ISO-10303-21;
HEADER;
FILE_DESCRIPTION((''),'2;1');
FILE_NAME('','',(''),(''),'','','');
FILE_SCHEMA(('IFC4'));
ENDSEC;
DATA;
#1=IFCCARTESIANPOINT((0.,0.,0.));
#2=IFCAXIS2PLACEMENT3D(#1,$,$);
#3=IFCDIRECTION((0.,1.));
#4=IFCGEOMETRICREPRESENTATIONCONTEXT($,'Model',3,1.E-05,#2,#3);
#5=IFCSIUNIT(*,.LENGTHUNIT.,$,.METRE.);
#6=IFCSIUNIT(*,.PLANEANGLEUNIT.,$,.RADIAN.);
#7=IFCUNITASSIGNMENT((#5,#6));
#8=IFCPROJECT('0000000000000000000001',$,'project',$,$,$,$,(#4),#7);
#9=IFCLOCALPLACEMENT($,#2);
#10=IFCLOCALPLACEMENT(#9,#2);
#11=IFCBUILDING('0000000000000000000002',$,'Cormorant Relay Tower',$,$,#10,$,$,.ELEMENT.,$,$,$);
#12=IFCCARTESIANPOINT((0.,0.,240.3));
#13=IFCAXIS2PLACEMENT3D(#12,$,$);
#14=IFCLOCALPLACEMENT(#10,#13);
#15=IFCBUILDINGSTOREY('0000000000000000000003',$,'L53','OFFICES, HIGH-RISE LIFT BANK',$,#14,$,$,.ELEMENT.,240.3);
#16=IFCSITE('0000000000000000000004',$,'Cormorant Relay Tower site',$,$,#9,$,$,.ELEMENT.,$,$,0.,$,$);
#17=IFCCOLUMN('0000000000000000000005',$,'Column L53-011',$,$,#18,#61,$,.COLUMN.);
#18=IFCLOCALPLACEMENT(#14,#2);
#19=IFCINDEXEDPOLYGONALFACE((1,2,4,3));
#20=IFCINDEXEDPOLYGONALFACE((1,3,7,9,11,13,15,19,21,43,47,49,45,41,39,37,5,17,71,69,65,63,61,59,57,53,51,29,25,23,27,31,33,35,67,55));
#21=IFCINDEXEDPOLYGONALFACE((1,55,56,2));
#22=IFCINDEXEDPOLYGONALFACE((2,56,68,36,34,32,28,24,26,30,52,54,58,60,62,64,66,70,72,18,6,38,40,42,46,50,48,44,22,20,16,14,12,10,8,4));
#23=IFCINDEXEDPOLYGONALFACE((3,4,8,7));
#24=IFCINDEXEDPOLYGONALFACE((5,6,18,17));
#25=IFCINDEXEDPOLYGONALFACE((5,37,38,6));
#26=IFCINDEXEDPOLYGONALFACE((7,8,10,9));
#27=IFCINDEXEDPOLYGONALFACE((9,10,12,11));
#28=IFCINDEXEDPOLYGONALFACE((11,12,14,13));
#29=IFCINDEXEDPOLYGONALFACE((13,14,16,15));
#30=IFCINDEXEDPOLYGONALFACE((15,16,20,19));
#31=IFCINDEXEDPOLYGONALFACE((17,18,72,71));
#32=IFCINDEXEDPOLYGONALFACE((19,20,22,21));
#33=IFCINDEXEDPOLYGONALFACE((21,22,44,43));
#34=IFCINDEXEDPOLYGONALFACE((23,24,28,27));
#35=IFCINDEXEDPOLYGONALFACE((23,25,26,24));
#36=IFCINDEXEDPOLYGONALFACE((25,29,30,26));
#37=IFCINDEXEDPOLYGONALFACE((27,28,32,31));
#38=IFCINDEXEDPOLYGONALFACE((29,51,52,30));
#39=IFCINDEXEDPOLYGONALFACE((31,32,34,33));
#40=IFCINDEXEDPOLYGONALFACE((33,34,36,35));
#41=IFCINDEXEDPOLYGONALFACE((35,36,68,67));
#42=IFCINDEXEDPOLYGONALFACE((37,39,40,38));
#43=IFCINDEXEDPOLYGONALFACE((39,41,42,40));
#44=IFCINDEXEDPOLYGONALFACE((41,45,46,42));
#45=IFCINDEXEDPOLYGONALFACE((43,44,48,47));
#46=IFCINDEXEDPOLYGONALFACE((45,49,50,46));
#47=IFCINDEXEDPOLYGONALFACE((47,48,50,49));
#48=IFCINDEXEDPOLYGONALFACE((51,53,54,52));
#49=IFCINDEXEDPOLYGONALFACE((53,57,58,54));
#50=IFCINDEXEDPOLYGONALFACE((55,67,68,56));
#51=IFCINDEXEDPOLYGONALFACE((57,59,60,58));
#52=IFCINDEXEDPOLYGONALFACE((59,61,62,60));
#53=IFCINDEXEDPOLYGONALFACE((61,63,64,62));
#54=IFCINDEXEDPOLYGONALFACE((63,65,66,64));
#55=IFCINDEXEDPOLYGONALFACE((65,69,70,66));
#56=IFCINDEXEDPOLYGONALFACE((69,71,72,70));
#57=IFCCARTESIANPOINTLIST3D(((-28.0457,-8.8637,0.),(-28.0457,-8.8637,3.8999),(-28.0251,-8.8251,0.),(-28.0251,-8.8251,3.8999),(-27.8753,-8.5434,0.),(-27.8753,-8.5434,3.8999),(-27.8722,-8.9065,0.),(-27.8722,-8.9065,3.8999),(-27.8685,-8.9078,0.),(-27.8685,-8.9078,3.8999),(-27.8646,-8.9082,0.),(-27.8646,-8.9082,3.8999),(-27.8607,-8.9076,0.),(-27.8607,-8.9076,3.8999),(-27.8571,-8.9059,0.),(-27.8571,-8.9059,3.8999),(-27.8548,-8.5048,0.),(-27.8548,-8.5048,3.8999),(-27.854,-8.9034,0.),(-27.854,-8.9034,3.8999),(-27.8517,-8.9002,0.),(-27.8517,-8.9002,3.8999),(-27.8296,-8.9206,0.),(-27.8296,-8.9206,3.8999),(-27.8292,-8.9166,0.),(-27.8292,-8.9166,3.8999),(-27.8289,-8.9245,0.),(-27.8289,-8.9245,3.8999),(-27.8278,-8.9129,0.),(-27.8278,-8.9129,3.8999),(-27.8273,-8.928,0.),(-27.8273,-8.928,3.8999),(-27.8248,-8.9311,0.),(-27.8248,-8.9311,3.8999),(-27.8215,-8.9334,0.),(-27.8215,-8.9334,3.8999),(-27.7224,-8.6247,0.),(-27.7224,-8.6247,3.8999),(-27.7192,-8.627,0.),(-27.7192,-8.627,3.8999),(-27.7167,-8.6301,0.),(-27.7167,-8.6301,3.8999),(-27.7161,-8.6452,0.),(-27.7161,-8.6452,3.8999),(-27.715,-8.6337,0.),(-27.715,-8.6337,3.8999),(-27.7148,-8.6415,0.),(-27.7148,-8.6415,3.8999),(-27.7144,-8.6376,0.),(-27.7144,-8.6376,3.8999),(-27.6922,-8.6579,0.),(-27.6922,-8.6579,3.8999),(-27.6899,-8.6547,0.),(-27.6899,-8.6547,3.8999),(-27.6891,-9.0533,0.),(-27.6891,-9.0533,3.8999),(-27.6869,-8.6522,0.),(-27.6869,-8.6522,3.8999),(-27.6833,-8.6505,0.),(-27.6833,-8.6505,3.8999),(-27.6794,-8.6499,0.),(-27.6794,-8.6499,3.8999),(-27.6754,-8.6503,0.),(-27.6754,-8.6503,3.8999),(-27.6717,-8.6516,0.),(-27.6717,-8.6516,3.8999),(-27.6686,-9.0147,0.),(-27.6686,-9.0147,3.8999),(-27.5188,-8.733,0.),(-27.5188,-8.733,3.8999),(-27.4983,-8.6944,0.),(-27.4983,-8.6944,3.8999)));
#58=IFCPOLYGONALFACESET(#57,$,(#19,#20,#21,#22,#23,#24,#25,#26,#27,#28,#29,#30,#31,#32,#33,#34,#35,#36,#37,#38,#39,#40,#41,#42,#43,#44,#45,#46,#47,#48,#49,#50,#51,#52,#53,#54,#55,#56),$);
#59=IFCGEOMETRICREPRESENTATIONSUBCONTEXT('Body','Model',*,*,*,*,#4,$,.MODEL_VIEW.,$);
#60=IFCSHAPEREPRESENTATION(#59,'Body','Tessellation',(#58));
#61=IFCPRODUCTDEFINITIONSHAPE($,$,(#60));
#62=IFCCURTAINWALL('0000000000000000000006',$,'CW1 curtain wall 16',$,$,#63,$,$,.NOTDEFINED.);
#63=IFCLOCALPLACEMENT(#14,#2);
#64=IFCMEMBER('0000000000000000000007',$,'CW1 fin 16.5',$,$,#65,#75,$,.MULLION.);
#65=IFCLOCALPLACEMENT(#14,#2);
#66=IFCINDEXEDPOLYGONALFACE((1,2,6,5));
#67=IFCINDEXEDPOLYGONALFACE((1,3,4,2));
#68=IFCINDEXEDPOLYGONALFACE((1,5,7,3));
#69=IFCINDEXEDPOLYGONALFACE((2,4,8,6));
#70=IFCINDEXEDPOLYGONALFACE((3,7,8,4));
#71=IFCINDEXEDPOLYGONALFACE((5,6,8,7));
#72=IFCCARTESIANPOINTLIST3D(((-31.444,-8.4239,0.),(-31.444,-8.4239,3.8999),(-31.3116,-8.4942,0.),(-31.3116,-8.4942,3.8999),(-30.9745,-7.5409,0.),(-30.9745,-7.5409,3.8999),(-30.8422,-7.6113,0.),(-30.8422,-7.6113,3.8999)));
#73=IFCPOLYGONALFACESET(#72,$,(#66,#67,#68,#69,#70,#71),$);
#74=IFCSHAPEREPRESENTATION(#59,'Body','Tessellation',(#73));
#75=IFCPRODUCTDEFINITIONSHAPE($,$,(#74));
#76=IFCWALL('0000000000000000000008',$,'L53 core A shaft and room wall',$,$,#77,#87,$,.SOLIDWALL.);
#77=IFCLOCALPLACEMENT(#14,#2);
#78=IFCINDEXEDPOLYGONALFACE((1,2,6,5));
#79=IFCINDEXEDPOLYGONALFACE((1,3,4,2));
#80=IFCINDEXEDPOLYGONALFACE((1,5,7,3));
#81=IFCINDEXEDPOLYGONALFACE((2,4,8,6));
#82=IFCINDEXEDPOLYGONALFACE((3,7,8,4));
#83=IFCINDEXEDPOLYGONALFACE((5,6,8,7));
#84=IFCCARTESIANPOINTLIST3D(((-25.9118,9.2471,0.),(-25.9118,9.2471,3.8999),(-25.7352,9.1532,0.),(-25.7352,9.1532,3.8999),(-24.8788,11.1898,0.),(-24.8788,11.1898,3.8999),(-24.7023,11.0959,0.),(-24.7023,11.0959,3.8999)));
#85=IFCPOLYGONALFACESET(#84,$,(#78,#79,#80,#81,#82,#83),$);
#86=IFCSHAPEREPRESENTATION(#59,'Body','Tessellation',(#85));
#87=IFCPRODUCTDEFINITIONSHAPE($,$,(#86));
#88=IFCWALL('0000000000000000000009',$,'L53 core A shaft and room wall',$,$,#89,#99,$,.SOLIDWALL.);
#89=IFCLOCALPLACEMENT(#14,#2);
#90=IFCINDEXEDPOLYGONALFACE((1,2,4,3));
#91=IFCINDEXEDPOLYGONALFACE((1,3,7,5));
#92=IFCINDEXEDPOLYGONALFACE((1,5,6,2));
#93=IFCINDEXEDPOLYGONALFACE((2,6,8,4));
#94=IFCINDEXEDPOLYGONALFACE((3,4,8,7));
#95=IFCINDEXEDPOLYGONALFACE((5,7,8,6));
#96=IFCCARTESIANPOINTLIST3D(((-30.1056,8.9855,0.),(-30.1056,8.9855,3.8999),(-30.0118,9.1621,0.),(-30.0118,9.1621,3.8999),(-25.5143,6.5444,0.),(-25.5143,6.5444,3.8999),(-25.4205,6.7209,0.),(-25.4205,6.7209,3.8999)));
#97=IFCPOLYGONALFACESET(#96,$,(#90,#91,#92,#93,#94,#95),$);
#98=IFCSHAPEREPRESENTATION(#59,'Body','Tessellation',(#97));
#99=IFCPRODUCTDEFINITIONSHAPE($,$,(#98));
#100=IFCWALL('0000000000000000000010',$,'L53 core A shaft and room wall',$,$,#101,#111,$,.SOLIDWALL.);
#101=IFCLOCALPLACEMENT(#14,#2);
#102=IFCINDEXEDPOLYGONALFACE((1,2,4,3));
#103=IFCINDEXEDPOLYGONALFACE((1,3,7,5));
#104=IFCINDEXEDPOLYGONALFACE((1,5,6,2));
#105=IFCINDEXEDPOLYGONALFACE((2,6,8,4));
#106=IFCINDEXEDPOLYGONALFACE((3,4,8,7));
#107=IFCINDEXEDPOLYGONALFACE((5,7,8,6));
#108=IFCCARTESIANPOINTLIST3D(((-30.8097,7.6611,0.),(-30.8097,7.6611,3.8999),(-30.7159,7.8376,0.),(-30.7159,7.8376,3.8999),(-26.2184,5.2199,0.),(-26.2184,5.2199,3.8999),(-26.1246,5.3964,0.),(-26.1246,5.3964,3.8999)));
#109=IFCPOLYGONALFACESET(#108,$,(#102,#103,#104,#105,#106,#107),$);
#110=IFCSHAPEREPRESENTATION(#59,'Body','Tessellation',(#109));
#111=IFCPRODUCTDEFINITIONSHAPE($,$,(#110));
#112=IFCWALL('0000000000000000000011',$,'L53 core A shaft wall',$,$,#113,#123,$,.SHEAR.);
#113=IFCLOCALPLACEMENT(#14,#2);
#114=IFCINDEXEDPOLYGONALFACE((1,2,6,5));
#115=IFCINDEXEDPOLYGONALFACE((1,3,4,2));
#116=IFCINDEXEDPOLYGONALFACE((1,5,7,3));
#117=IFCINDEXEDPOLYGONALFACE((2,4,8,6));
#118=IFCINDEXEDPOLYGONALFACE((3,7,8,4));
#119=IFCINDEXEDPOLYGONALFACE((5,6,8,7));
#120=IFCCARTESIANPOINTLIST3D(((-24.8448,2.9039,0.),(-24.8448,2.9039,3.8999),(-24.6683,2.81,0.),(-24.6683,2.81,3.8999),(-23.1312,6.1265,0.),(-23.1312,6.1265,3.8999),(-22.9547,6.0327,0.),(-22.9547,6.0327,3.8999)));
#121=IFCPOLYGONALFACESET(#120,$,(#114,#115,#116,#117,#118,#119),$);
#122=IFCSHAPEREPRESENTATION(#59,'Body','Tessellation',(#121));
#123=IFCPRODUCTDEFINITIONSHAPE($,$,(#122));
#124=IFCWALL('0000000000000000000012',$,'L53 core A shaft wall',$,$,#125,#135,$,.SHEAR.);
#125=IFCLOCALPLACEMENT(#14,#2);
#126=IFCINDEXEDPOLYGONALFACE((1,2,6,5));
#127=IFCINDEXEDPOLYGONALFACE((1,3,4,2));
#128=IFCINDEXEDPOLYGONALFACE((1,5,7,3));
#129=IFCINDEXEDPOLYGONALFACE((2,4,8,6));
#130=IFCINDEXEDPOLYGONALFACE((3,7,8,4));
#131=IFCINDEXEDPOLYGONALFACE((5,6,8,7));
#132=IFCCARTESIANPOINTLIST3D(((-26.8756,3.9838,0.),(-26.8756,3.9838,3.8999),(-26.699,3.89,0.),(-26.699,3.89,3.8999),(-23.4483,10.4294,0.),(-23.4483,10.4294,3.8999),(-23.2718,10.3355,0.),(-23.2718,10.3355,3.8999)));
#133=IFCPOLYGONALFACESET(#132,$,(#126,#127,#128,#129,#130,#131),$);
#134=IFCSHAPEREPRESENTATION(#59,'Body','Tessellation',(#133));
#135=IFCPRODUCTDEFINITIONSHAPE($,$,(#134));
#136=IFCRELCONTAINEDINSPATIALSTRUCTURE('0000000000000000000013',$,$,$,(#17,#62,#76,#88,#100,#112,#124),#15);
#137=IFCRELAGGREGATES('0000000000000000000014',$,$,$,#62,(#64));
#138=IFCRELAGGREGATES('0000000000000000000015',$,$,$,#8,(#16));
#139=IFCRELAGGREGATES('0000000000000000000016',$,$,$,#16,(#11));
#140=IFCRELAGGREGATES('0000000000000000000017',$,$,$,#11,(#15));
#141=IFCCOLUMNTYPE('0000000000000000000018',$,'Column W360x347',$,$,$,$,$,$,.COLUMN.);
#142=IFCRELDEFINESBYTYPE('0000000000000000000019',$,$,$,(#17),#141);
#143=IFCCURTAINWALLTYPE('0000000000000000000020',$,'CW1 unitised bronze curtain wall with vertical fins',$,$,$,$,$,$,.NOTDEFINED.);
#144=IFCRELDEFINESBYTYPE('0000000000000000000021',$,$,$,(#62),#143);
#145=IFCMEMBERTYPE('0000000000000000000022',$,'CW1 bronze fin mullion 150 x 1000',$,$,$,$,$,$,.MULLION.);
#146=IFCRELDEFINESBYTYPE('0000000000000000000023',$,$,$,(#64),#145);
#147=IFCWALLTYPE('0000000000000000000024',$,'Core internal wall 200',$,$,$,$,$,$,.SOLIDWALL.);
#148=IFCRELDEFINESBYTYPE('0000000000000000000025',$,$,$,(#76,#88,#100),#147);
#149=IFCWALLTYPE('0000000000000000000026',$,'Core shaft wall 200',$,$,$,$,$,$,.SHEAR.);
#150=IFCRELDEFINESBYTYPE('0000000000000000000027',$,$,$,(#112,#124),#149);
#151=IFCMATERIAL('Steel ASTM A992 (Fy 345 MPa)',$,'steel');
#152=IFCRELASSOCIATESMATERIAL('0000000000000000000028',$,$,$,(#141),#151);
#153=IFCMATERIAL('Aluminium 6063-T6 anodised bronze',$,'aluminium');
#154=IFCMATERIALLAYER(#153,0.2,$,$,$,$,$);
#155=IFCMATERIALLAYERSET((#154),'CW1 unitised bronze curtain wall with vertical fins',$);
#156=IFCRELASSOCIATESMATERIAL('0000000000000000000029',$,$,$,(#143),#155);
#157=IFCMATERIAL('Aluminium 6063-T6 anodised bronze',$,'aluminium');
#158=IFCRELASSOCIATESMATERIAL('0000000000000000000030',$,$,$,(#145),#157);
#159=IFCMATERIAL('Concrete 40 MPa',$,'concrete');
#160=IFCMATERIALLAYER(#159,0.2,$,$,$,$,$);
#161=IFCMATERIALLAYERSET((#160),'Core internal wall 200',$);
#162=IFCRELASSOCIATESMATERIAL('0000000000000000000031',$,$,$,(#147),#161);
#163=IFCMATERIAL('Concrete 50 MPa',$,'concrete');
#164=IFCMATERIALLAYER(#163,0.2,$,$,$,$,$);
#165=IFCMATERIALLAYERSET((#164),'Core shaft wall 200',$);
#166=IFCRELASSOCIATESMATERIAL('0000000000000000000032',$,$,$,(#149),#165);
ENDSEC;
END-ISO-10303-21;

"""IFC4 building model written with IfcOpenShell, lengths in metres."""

from ifc_helpers import new_model, si_unit, direction, frame, frame_2d, origin, origin_2d, place, context, subcontext, project, spatial, rectangle, i_section, extrude, material, layer, layer_set, material_profile, profile_set, type_object, element, aggregate, save


model = new_model("IFC4")

# Units and contexts
model_context = context("Model", 3, precision=1e-05, world=origin(), true_north=direction((0.0, 1.0)))
body_context = subcontext(model_context, "Body", "Model", "MODEL_VIEW")
ifc_project = project(units=[si_unit("LENGTHUNIT", "METRE"), si_unit("PLANEANGLEUNIT", "RADIAN")], contexts=[model_context])

# Site, building, storey
site_placement = place(None, origin())
site = spatial("IfcSite", under=ifc_project, at=site_placement, Name="Cormorant Relay Tower site", CompositionType="ELEMENT", RefElevation=0.0)
building_placement = place(site_placement, origin())
building = spatial("IfcBuilding", under=site, at=building_placement, Name="Cormorant Relay Tower", CompositionType="ELEMENT")
storey_placement = place(building_placement, frame((0.0, 0.0, 240.3)))
storey = spatial("IfcBuildingStorey", under=building, at=storey_placement, Name="L53", Description="OFFICES, HIGH-RISE LIFT BANK", CompositionType="ELEMENT", Elevation=240.3)

# Column
ifc_material_1 = material(Name="Steel ASTM A992 (Fy 345 MPa)", Category="steel")
ifc_material_profile_1 = material_profile(ifc_material_1, i_section(OverallWidth=0.4038, OverallDepth=0.4065, WebThickness=0.0271, FlangeThickness=0.0437, FilletRadius=0.0151, at=origin_2d()), Name="W360x347")
ifc_profile_set_1 = profile_set([ifc_material_profile_1], Name="Steel ASTM A992 (Fy 345 MPa)")
column_type = type_object("IfcColumnType", Name="Column W360x347", PredefinedType="COLUMN", material=ifc_profile_set_1)
column_placement = place(storey_placement, frame((-27.772, -8.7791, 0.0), z_axis=(0.0, 0.0, 1.0), x_axis=(0.882948, -0.469472, 0.0)))
element("IfcColumn", 1, at=column_placement, inside=storey, type_object=column_type, Name="Column L53-011", PredefinedType="COLUMN", context=body_context, shape_type="SweptSolid", body=[
    extrude(i_section(OverallWidth=0.4038, OverallDepth=0.4065, WebThickness=0.0271, FlangeThickness=0.0437, FilletRadius=0.0151, at=origin_2d()), origin(), (0.0, 0.0, 1.0), 3.8999),
])

# Curtain wall, member
ifc_material_2 = material(Name="Aluminium 6063-T6 anodised bronze", Category="aluminium")
ifc_layer_1 = layer(ifc_material_2, 0.2)
ifc_layer_set_1 = layer_set([ifc_layer_1], Name="CW1 unitised bronze curtain wall with vertical fins")
curtain_wall_type = type_object("IfcCurtainWallType", Name="CW1 unitised bronze curtain wall with vertical fins", PredefinedType="NOTDEFINED", material=ifc_layer_set_1)
curtain_wall_placement = place(storey_placement, origin())
curtain_wall = element("IfcCurtainWall", 2, at=curtain_wall_placement, inside=storey, type_object=curtain_wall_type, Name="CW1 curtain wall 16", PredefinedType="NOTDEFINED")
ifc_material_3 = material(Name="Aluminium 6063-T6 anodised bronze", Category="aluminium")
ifc_material_profile_2 = material_profile(ifc_material_3, rectangle(XDim=0.1499, YDim=1.0, at=origin_2d()), Name="AL 150x1000")
ifc_profile_set_2 = profile_set([ifc_material_profile_2], Name="Aluminium 6063-T6 anodised bronze")
member_type = type_object("IfcMemberType", Name="CW1 bronze fin mullion 150 x 1000", PredefinedType="MULLION", material=ifc_profile_set_2)
member_placement = place(storey_placement, frame((-31.1431, -8.0176, 0.0), z_axis=(0.0, 0.0, 1.0), x_axis=(0.882948, -0.469472, 0.0)))
member = element("IfcMember", 3, at=member_placement, type_object=member_type, Name="CW1 fin 16.5", PredefinedType="MULLION", context=body_context, shape_type="SweptSolid", body=[
    extrude(rectangle(XDim=0.1499, YDim=1.0, at=origin_2d()), origin(), (0.0, 0.0, 1.0), 3.8999),
])
aggregate(curtain_wall, [member])

# Walls
ifc_material_4 = material(Name="Concrete 40 MPa", Category="concrete")
ifc_layer_2 = layer(ifc_material_4, 0.2)
ifc_layer_set_2 = layer_set([ifc_layer_2], Name="Core internal wall 200")
wall_type_1 = type_object("IfcWallType", Name="Core internal wall 200", PredefinedType="SOLIDWALL", material=ifc_layer_set_2)
wall_1_placement = place(storey_placement, frame((-24.7905, 11.1428, 0.0), z_axis=(0.0, 0.0, 1.0), x_axis=(-0.469488, -0.882939, 0.0)))
element("IfcWall", 4, at=wall_1_placement, inside=storey, type_object=wall_type_1, Name="L53 core A shaft and room wall", PredefinedType="SOLIDWALL", context=body_context, shape_type="SweptSolid", body=[
    extrude(rectangle(XDim=2.2002, YDim=0.2, at=frame_2d((1.1001, 0.0))), origin(), (0.0, 0.0, 1.0), 3.8999),
])
for number, where, z_axis, x_axis, name in (
    (5, (-25.4673, 6.6326, 0.0), (0.0, 0.0, 1.0), (-0.882954, 0.46946, 0.0), "L53 core A shaft and room wall"),
    (6, (-26.1714, 5.3081, 0.0), (0.0, 0.0, 1.0), (-0.882954, 0.46946, 0.0), "L53 core A shaft and room wall"),
):
    element("IfcWall", number, at=place(storey_placement, frame(where, z_axis=z_axis, x_axis=x_axis)), inside=storey, type_object=wall_type_1, Name=name, PredefinedType="SOLIDWALL", context=body_context, shape_type="SweptSolid", body=[
        extrude(rectangle(XDim=5.2, YDim=0.2, at=frame_2d((2.6001, 0.0))), origin(), (0.0, 0.0, 1.0), 3.8999),
    ])
ifc_material_5 = material(Name="Concrete 50 MPa", Category="concrete")
ifc_layer_3 = layer(ifc_material_5, 0.2)
ifc_layer_set_3 = layer_set([ifc_layer_3], Name="Core shaft wall 200")
wall_type_2 = type_object("IfcWallType", Name="Core shaft wall 200", PredefinedType="SHEAR", material=ifc_layer_set_3)
wall_2_placement = place(storey_placement, frame((-23.043, 6.0796, 0.0), z_axis=(0.0, 0.0, 1.0), x_axis=(-0.469494, -0.882936, 0.0)))
element("IfcWall", 7, at=wall_2_placement, inside=storey, type_object=wall_type_2, Name="L53 core A shaft wall", PredefinedType="SHEAR", context=body_context, shape_type="SweptSolid", body=[
    extrude(rectangle(XDim=3.6499, YDim=0.2, at=frame_2d((1.825, 0.0))), origin(), (0.0, 0.0, 1.0), 3.8999),
])
wall_3_placement = place(storey_placement, frame((-23.3601, 10.3823, 0.0), z_axis=(0.0, 0.0, 1.0), x_axis=(-0.46948, -0.882943, 0.0)))
element("IfcWall", 8, at=wall_3_placement, inside=storey, type_object=wall_type_2, Name="L53 core A shaft wall", PredefinedType="SHEAR", context=body_context, shape_type="SweptSolid", body=[
    extrude(rectangle(XDim=7.3, YDim=0.2, at=frame_2d((3.6499, 0.0))), origin(), (0.0, 0.0, 1.0), 3.8999),
])

save(model, "model.ifc")
